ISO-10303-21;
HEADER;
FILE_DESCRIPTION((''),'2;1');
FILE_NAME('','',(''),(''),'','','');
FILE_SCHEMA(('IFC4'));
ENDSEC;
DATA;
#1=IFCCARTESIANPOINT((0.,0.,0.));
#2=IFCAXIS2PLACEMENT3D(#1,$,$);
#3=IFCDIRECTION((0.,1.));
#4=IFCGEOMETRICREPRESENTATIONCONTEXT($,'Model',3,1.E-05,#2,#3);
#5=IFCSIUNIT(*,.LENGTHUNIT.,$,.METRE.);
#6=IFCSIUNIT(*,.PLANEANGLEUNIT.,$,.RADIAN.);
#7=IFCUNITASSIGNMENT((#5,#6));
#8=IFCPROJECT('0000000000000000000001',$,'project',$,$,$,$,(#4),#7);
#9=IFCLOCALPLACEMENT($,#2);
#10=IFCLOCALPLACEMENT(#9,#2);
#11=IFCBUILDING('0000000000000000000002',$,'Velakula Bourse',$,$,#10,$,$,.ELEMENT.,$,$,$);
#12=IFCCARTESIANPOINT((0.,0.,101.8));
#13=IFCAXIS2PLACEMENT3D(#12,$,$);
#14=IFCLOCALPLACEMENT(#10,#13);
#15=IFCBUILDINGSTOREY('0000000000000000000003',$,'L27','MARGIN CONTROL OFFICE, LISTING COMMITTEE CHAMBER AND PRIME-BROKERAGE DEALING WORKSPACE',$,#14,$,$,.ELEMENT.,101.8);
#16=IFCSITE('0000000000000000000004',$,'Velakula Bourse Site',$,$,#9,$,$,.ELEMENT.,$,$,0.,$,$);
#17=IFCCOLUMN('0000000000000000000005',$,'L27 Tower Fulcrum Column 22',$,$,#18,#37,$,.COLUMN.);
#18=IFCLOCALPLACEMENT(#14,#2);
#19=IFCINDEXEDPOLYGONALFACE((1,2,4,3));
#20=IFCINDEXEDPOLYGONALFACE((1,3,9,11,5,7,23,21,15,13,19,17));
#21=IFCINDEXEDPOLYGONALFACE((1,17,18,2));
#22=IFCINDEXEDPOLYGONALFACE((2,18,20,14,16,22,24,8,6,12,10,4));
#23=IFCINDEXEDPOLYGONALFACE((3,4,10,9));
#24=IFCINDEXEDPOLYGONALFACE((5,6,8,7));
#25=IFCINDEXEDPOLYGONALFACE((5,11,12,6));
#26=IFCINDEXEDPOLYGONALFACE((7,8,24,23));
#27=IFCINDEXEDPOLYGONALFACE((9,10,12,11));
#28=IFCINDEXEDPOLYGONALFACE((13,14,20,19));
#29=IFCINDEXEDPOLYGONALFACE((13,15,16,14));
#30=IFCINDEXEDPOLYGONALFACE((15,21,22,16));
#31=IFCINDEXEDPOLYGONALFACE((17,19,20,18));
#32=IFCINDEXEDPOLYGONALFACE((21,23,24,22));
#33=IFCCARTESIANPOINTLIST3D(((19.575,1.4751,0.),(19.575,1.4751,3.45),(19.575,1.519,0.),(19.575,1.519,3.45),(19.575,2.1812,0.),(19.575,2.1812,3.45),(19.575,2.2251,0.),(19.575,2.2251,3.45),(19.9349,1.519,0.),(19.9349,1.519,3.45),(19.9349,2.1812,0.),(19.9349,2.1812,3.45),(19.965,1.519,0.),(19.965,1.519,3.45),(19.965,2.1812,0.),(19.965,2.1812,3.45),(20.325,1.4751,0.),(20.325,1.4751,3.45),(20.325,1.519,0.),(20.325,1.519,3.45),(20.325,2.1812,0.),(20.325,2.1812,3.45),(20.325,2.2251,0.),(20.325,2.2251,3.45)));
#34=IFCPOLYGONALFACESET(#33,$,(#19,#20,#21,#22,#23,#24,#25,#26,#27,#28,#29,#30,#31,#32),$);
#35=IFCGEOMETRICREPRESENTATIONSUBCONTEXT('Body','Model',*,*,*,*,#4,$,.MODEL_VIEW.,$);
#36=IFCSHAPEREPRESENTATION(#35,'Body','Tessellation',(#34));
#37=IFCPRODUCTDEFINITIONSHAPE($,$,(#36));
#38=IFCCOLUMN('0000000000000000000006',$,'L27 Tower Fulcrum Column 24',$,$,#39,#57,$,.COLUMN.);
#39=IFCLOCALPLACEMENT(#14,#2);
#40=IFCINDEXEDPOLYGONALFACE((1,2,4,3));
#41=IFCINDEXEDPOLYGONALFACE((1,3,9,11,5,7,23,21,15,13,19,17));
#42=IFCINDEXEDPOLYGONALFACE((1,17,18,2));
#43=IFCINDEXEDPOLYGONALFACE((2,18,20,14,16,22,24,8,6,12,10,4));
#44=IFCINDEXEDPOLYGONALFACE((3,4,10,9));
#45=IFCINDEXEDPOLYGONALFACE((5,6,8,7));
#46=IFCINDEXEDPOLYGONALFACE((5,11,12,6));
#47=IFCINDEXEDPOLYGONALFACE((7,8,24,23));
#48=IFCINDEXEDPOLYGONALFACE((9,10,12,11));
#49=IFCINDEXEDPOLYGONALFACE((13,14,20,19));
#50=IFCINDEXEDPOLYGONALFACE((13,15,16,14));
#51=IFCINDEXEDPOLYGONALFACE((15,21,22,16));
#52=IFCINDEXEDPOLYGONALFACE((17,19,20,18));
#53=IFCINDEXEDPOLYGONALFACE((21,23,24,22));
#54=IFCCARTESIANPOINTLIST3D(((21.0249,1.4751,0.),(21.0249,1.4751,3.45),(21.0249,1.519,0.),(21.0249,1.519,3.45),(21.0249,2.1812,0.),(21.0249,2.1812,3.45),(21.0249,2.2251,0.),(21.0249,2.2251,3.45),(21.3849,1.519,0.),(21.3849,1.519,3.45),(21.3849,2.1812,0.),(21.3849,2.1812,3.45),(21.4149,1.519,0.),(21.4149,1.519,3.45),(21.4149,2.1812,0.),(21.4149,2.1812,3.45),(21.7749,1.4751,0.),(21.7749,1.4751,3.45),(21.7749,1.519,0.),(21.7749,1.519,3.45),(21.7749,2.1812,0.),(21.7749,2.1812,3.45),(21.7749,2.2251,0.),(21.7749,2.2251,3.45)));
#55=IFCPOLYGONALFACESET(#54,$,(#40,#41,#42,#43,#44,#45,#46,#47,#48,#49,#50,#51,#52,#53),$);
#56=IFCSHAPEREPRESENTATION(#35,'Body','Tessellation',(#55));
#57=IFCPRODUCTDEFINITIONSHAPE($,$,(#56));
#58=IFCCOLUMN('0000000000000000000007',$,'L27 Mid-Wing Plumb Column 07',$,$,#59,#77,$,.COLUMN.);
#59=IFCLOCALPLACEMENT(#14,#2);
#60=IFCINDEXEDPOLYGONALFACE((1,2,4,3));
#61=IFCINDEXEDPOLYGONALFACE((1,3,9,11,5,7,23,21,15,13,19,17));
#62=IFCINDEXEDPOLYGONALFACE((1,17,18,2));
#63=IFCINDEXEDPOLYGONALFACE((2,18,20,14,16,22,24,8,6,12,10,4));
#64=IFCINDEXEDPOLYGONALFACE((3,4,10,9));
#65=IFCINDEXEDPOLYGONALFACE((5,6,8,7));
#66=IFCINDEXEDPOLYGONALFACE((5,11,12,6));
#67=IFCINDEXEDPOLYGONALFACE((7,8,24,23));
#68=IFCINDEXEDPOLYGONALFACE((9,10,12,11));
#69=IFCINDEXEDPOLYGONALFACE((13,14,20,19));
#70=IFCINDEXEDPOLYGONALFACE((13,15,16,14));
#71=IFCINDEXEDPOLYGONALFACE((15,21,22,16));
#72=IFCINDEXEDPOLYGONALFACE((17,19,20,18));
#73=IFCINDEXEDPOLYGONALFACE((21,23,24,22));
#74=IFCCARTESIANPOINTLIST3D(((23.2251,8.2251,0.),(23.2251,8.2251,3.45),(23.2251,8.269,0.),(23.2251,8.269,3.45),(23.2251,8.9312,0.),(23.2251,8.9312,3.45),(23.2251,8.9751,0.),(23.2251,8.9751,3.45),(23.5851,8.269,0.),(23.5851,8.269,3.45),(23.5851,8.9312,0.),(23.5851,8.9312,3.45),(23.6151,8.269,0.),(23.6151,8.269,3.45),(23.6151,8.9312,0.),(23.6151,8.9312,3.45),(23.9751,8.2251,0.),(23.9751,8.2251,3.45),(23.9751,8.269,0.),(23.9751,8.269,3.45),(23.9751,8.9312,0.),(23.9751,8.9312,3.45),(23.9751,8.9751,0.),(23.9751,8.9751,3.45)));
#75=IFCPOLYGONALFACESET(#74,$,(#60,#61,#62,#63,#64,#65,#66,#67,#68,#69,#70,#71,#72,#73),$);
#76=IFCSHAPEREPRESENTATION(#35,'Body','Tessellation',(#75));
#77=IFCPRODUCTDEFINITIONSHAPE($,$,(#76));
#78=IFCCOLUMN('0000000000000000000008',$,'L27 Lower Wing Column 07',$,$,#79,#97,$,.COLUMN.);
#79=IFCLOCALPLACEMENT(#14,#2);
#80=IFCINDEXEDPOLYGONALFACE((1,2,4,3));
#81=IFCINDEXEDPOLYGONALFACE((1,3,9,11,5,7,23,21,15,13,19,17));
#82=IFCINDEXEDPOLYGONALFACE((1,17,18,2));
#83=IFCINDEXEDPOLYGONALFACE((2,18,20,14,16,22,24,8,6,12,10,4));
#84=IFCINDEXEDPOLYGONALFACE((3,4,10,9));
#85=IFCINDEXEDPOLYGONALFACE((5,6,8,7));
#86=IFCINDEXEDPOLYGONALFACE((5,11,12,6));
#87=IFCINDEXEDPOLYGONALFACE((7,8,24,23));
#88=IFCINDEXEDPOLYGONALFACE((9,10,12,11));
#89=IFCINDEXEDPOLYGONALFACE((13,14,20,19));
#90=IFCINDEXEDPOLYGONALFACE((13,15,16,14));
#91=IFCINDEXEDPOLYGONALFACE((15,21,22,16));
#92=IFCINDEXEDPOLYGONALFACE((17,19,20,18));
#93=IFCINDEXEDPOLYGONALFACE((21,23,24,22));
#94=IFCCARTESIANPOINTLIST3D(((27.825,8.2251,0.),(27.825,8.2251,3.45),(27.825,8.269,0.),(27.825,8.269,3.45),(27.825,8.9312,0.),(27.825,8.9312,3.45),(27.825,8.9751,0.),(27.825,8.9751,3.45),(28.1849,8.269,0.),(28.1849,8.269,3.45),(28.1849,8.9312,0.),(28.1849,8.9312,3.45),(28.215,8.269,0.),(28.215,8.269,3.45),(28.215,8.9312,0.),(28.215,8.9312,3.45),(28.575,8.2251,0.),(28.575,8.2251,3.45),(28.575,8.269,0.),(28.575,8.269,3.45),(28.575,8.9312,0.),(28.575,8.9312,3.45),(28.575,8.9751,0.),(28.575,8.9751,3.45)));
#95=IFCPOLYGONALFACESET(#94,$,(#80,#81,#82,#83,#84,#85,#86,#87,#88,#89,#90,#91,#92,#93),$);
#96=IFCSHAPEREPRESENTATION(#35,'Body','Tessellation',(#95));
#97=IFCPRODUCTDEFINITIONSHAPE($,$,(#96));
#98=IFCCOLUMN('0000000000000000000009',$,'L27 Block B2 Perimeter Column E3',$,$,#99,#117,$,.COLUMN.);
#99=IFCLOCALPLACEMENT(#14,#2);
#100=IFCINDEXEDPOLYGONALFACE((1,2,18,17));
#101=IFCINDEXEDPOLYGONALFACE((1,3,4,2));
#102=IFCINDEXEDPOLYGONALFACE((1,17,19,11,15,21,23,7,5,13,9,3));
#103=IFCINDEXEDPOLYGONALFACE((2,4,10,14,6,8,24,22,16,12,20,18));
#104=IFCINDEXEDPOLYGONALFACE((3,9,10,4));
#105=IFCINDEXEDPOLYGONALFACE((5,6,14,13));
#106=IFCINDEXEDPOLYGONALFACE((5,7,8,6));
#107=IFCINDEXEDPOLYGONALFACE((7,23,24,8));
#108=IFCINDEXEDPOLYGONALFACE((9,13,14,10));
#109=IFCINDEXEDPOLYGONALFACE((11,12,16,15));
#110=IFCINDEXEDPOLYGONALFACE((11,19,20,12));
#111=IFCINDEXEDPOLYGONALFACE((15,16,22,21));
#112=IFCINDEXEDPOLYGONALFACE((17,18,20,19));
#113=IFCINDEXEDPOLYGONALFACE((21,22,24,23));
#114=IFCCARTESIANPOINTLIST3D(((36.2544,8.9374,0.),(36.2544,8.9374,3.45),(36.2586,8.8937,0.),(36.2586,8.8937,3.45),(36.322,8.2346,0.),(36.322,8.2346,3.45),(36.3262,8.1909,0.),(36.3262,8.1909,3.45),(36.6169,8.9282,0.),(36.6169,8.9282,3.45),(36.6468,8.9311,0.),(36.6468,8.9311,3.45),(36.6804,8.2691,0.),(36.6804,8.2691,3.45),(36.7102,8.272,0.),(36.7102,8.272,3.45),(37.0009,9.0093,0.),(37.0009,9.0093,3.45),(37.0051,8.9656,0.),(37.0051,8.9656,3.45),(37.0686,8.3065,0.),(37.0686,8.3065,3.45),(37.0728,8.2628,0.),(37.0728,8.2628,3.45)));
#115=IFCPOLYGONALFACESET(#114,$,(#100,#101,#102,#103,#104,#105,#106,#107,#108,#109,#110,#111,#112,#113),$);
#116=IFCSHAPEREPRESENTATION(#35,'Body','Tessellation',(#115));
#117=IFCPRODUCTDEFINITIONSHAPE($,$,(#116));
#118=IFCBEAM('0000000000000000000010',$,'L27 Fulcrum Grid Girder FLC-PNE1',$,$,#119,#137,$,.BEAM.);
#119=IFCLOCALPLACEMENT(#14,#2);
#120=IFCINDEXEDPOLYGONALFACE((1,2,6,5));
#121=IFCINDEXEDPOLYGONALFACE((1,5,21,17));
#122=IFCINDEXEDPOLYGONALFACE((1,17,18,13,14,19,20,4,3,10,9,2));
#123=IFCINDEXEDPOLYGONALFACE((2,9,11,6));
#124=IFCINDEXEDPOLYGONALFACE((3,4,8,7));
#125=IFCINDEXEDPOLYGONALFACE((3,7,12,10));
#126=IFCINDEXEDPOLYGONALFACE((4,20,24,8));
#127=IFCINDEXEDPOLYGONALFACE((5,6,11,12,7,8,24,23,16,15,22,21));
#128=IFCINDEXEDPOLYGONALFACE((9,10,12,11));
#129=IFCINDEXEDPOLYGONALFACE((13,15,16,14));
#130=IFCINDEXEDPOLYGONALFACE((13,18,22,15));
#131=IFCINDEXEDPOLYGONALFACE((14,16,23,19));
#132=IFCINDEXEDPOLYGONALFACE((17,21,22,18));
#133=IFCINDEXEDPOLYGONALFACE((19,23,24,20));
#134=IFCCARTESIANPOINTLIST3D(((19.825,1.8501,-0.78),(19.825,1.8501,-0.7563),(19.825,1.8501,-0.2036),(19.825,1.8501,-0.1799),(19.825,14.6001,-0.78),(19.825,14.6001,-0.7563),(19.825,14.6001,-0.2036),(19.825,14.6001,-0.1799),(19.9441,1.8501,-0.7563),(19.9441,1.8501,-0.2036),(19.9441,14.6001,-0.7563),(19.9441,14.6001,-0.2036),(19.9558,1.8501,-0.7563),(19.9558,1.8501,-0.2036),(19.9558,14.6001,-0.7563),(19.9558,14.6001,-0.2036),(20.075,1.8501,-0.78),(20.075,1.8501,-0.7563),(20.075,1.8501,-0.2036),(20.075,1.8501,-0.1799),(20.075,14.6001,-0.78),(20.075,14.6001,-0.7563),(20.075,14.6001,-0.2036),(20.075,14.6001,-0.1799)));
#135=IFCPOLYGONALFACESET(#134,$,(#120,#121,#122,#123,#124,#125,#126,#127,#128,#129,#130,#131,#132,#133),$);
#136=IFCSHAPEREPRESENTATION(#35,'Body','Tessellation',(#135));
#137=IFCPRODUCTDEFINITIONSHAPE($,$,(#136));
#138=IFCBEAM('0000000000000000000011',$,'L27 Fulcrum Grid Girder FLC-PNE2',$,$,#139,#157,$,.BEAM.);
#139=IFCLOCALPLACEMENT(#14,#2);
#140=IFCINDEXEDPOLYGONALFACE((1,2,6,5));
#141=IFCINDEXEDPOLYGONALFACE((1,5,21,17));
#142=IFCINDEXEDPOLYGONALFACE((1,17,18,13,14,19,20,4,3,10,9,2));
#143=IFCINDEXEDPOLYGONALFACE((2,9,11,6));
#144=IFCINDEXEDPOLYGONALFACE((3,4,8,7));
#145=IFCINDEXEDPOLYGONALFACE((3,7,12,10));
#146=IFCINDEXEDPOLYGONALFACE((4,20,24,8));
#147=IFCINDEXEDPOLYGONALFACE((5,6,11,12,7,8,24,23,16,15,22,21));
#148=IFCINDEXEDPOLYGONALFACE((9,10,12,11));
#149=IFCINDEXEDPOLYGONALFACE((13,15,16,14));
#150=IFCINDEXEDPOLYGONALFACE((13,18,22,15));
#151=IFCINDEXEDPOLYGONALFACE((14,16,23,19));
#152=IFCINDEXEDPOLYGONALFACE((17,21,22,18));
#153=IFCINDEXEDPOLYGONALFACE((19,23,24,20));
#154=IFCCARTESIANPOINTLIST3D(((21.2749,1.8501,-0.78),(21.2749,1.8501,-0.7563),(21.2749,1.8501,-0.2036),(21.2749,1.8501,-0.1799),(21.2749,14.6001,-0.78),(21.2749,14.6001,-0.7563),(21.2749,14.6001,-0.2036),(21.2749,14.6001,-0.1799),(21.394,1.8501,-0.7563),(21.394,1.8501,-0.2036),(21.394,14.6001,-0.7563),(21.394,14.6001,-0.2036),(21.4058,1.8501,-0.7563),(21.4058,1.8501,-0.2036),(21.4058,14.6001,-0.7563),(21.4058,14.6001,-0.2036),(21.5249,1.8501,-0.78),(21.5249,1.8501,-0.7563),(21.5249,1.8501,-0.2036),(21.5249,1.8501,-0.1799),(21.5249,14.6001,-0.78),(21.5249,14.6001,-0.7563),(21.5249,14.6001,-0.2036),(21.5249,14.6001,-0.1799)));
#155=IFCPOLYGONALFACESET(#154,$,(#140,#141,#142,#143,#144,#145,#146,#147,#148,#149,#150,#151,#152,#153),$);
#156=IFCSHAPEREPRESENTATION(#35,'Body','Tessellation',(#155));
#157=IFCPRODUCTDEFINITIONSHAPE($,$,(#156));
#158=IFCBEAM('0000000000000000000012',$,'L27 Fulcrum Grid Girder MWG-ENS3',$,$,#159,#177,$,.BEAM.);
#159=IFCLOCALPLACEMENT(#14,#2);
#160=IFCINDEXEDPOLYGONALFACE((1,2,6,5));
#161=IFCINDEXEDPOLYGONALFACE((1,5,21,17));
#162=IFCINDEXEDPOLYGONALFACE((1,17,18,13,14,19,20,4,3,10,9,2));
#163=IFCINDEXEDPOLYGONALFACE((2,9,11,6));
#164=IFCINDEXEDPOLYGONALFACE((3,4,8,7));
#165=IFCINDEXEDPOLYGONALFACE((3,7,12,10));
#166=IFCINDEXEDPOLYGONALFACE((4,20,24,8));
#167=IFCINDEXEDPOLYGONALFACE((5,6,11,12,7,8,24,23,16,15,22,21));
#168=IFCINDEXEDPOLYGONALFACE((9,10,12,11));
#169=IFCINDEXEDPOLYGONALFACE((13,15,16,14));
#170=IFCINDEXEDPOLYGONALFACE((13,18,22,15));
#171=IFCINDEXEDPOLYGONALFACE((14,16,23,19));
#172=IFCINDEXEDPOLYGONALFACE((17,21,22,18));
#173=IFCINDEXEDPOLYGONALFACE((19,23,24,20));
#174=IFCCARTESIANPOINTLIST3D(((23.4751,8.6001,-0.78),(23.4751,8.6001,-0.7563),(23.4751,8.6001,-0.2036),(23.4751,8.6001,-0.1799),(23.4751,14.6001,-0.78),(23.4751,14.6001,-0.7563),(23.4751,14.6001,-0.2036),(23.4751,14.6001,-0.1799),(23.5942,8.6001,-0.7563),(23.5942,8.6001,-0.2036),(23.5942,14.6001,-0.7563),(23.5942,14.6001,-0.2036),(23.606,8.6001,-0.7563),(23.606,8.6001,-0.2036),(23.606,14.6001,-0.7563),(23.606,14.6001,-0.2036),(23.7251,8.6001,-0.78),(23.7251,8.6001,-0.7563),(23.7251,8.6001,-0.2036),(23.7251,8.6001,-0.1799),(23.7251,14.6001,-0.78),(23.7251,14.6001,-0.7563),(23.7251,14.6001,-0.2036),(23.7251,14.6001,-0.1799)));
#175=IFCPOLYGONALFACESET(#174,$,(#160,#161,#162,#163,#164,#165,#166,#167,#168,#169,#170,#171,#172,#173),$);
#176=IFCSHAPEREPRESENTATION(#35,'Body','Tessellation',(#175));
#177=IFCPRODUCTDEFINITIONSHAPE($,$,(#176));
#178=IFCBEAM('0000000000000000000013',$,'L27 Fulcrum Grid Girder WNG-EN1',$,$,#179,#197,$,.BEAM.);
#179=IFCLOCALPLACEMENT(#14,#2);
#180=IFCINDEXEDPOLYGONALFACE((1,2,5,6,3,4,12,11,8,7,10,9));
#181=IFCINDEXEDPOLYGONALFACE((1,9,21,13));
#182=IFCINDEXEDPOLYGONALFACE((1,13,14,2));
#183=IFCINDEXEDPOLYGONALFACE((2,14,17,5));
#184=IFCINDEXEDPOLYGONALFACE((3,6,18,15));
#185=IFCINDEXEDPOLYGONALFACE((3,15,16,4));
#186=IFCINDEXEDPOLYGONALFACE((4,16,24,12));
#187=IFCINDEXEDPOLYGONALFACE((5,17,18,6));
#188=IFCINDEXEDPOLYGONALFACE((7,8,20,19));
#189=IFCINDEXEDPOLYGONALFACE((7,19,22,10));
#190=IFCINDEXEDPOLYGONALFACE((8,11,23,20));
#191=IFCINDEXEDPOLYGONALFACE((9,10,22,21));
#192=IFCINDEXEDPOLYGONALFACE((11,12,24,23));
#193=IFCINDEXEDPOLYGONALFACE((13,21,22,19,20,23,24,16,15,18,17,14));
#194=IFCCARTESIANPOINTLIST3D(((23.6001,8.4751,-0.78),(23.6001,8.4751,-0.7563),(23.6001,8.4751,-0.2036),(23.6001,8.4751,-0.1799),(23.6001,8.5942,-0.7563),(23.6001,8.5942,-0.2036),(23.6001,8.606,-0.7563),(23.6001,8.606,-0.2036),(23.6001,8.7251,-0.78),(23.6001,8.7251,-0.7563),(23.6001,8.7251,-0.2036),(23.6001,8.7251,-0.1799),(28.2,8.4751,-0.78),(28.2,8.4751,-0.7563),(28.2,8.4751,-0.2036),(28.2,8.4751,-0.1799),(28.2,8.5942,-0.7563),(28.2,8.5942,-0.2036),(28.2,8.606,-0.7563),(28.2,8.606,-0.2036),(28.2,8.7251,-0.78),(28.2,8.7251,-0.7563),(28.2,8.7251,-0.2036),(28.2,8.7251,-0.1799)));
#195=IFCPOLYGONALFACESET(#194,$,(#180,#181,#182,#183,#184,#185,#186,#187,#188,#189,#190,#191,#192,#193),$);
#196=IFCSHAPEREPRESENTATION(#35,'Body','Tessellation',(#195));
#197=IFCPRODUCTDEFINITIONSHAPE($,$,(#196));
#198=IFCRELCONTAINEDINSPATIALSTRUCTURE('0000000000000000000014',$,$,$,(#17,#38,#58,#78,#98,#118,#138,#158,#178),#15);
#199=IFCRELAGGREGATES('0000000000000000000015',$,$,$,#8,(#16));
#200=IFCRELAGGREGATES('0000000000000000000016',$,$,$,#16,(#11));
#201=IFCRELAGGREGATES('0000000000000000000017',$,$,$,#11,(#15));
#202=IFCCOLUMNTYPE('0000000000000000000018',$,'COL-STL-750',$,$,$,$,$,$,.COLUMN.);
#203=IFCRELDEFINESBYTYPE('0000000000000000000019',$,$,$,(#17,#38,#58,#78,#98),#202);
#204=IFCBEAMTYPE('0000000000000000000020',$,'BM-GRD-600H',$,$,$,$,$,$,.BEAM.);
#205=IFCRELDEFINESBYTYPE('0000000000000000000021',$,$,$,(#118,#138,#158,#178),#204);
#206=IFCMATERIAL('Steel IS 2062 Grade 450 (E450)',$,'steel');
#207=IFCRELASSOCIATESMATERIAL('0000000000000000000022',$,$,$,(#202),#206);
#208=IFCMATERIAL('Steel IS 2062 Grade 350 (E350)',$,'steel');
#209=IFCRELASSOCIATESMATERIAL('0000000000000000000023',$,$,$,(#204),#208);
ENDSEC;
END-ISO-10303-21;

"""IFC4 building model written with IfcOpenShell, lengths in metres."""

from ifc_helpers import new_model, si_unit, direction, frame, origin, origin_2d, place, context, subcontext, project, spatial, i_section, extrude, material, material_profile, profile_set, type_object, element, save


model = new_model("IFC4")

# Units and contexts
model_context = context("Model", 3, precision=1e-05, world=origin(), true_north=direction((0.0, 1.0)))
body_context = subcontext(model_context, "Body", "Model", "MODEL_VIEW")
ifc_project = project(units=[si_unit("LENGTHUNIT", "METRE"), si_unit("PLANEANGLEUNIT", "RADIAN")], contexts=[model_context])

# Site, building, storey
site_placement = place(None, origin())
site = spatial("IfcSite", under=ifc_project, at=site_placement, Name="Velakula Bourse Site", CompositionType="ELEMENT", RefElevation=0.0)
building_placement = place(site_placement, origin())
building = spatial("IfcBuilding", under=site, at=building_placement, Name="Velakula Bourse", CompositionType="ELEMENT")
storey_placement = place(building_placement, frame((0.0, 0.0, 101.8)))
storey = spatial("IfcBuildingStorey", under=building, at=storey_placement, Name="L27", Description="MARGIN CONTROL OFFICE, LISTING COMMITTEE CHAMBER AND PRIME-BROKERAGE DEALING WORKSPACE", CompositionType="ELEMENT", Elevation=101.8)

# Columns
ifc_material_1 = material(Name="Steel IS 2062 Grade 450 (E450)", Category="steel")
ifc_material_profile_1 = material_profile(ifc_material_1, i_section(OverallWidth=0.75, OverallDepth=0.75, WebThickness=0.03, FlangeThickness=0.0439, at=origin_2d()), Name="Steel IS 2062 Grade 450 (E450)")
ifc_profile_set_1 = profile_set([ifc_material_profile_1], Name="Steel IS 2062 Grade 450 (E450)")
column_type = type_object("IfcColumnType", Name="COL-STL-750", PredefinedType="COLUMN", material=ifc_profile_set_1)
for number, where, z_axis, x_axis, name in (
    (1, (19.95, 1.8501, 0.0), (0.0, 0.0, 1.0), (1.0, 0.0, 0.0), "L27 Tower Fulcrum Column 22"),
    (2, (21.3999, 1.8501, 0.0), (0.0, 0.0, 1.0), (1.0, 0.0, 0.0), "L27 Tower Fulcrum Column 24"),
    (3, (23.6001, 8.6001, 0.0), (0.0, 0.0, 1.0), (1.0, 0.0, 0.0), "L27 Mid-Wing Plumb Column 07"),
    (4, (28.2, 8.6001, 0.0), (0.0, 0.0, 1.0), (1.0, 0.0, 0.0), "L27 Lower Wing Column 07"),
    (5, (36.6636, 8.6001, 0.0), (0.0, 0.0, 1.0), (0.995396, 0.095846, 0.0), "L27 Block B2 Perimeter Column E3"),
):
    element("IfcColumn", number, at=place(storey_placement, frame(where, z_axis=z_axis, x_axis=x_axis)), inside=storey, type_object=column_type, Name=name, PredefinedType="COLUMN", context=body_context, shape_type="SweptSolid", body=[
        extrude(i_section(OverallWidth=0.75, OverallDepth=0.75, WebThickness=0.03, FlangeThickness=0.0439, at=origin_2d()), origin(), (0.0, 0.0, 1.0), 3.45),
    ])

# Beams
ifc_material_2 = material(Name="Steel IS 2062 Grade 350 (E350)", Category="steel")
ifc_material_profile_2 = material_profile(ifc_material_2, i_section(OverallWidth=0.25, OverallDepth=0.6001, WebThickness=0.0117, FlangeThickness=0.0237, at=origin_2d()), Name="Steel IS 2062 Grade 350 (E350)")
ifc_profile_set_2 = profile_set([ifc_material_profile_2], Name="Steel IS 2062 Grade 350 (E350)")
beam_type_1 = type_object("IfcBeamType", Name="BM-GRD-600H", PredefinedType="BEAM", material=ifc_profile_set_2)
for number, where, z_axis, x_axis, name in (
    (6, (19.95, 1.8501, -0.48), (0.0, 1.0, 0.0), (-1.0, 0.0, 0.0), "L27 Fulcrum Grid Girder FLC-PNE1"),
    (7, (21.3999, 1.8501, -0.48), (0.0, 1.0, 0.0), (-1.0, 0.0, 0.0), "L27 Fulcrum Grid Girder FLC-PNE2"),
):
    element("IfcBeam", number, at=place(storey_placement, frame(where, z_axis=z_axis, x_axis=x_axis)), inside=storey, type_object=beam_type_1, Name=name, PredefinedType="BEAM", context=body_context, shape_type="SweptSolid", body=[
        extrude(i_section(OverallWidth=0.25, OverallDepth=0.6001, WebThickness=0.0117, FlangeThickness=0.0237, at=origin_2d()), origin(), (0.0, 0.0, 1.0), 12.75),
    ])
beam_1_placement = place(storey_placement, frame((23.6001, 8.6001, -0.48), z_axis=(0.0, 1.0, 0.0), x_axis=(-1.0, 0.0, 0.0)))
element("IfcBeam", 8, at=beam_1_placement, inside=storey, type_object=beam_type_1, Name="L27 Fulcrum Grid Girder MWG-ENS3", PredefinedType="BEAM", context=body_context, shape_type="SweptSolid", body=[
    extrude(i_section(OverallWidth=0.25, OverallDepth=0.6001, WebThickness=0.0117, FlangeThickness=0.0237, at=origin_2d()), origin(), (0.0, 0.0, 1.0), 6.0),
])
beam_2_placement = place(storey_placement, frame((23.6001, 8.6001, -0.48), z_axis=(1.0, 0.0, 0.0), x_axis=(0.0, 1.0, 0.0)))
element("IfcBeam", 9, at=beam_2_placement, inside=storey, type_object=beam_type_1, Name="L27 Fulcrum Grid Girder WNG-EN1", PredefinedType="BEAM", context=body_context, shape_type="SweptSolid", body=[
    extrude(i_section(OverallWidth=0.25, OverallDepth=0.6001, WebThickness=0.0117, FlangeThickness=0.0237, at=origin_2d()), origin(), (0.0, 0.0, 1.0), 4.5999),
])

save(model, "model.ifc")
